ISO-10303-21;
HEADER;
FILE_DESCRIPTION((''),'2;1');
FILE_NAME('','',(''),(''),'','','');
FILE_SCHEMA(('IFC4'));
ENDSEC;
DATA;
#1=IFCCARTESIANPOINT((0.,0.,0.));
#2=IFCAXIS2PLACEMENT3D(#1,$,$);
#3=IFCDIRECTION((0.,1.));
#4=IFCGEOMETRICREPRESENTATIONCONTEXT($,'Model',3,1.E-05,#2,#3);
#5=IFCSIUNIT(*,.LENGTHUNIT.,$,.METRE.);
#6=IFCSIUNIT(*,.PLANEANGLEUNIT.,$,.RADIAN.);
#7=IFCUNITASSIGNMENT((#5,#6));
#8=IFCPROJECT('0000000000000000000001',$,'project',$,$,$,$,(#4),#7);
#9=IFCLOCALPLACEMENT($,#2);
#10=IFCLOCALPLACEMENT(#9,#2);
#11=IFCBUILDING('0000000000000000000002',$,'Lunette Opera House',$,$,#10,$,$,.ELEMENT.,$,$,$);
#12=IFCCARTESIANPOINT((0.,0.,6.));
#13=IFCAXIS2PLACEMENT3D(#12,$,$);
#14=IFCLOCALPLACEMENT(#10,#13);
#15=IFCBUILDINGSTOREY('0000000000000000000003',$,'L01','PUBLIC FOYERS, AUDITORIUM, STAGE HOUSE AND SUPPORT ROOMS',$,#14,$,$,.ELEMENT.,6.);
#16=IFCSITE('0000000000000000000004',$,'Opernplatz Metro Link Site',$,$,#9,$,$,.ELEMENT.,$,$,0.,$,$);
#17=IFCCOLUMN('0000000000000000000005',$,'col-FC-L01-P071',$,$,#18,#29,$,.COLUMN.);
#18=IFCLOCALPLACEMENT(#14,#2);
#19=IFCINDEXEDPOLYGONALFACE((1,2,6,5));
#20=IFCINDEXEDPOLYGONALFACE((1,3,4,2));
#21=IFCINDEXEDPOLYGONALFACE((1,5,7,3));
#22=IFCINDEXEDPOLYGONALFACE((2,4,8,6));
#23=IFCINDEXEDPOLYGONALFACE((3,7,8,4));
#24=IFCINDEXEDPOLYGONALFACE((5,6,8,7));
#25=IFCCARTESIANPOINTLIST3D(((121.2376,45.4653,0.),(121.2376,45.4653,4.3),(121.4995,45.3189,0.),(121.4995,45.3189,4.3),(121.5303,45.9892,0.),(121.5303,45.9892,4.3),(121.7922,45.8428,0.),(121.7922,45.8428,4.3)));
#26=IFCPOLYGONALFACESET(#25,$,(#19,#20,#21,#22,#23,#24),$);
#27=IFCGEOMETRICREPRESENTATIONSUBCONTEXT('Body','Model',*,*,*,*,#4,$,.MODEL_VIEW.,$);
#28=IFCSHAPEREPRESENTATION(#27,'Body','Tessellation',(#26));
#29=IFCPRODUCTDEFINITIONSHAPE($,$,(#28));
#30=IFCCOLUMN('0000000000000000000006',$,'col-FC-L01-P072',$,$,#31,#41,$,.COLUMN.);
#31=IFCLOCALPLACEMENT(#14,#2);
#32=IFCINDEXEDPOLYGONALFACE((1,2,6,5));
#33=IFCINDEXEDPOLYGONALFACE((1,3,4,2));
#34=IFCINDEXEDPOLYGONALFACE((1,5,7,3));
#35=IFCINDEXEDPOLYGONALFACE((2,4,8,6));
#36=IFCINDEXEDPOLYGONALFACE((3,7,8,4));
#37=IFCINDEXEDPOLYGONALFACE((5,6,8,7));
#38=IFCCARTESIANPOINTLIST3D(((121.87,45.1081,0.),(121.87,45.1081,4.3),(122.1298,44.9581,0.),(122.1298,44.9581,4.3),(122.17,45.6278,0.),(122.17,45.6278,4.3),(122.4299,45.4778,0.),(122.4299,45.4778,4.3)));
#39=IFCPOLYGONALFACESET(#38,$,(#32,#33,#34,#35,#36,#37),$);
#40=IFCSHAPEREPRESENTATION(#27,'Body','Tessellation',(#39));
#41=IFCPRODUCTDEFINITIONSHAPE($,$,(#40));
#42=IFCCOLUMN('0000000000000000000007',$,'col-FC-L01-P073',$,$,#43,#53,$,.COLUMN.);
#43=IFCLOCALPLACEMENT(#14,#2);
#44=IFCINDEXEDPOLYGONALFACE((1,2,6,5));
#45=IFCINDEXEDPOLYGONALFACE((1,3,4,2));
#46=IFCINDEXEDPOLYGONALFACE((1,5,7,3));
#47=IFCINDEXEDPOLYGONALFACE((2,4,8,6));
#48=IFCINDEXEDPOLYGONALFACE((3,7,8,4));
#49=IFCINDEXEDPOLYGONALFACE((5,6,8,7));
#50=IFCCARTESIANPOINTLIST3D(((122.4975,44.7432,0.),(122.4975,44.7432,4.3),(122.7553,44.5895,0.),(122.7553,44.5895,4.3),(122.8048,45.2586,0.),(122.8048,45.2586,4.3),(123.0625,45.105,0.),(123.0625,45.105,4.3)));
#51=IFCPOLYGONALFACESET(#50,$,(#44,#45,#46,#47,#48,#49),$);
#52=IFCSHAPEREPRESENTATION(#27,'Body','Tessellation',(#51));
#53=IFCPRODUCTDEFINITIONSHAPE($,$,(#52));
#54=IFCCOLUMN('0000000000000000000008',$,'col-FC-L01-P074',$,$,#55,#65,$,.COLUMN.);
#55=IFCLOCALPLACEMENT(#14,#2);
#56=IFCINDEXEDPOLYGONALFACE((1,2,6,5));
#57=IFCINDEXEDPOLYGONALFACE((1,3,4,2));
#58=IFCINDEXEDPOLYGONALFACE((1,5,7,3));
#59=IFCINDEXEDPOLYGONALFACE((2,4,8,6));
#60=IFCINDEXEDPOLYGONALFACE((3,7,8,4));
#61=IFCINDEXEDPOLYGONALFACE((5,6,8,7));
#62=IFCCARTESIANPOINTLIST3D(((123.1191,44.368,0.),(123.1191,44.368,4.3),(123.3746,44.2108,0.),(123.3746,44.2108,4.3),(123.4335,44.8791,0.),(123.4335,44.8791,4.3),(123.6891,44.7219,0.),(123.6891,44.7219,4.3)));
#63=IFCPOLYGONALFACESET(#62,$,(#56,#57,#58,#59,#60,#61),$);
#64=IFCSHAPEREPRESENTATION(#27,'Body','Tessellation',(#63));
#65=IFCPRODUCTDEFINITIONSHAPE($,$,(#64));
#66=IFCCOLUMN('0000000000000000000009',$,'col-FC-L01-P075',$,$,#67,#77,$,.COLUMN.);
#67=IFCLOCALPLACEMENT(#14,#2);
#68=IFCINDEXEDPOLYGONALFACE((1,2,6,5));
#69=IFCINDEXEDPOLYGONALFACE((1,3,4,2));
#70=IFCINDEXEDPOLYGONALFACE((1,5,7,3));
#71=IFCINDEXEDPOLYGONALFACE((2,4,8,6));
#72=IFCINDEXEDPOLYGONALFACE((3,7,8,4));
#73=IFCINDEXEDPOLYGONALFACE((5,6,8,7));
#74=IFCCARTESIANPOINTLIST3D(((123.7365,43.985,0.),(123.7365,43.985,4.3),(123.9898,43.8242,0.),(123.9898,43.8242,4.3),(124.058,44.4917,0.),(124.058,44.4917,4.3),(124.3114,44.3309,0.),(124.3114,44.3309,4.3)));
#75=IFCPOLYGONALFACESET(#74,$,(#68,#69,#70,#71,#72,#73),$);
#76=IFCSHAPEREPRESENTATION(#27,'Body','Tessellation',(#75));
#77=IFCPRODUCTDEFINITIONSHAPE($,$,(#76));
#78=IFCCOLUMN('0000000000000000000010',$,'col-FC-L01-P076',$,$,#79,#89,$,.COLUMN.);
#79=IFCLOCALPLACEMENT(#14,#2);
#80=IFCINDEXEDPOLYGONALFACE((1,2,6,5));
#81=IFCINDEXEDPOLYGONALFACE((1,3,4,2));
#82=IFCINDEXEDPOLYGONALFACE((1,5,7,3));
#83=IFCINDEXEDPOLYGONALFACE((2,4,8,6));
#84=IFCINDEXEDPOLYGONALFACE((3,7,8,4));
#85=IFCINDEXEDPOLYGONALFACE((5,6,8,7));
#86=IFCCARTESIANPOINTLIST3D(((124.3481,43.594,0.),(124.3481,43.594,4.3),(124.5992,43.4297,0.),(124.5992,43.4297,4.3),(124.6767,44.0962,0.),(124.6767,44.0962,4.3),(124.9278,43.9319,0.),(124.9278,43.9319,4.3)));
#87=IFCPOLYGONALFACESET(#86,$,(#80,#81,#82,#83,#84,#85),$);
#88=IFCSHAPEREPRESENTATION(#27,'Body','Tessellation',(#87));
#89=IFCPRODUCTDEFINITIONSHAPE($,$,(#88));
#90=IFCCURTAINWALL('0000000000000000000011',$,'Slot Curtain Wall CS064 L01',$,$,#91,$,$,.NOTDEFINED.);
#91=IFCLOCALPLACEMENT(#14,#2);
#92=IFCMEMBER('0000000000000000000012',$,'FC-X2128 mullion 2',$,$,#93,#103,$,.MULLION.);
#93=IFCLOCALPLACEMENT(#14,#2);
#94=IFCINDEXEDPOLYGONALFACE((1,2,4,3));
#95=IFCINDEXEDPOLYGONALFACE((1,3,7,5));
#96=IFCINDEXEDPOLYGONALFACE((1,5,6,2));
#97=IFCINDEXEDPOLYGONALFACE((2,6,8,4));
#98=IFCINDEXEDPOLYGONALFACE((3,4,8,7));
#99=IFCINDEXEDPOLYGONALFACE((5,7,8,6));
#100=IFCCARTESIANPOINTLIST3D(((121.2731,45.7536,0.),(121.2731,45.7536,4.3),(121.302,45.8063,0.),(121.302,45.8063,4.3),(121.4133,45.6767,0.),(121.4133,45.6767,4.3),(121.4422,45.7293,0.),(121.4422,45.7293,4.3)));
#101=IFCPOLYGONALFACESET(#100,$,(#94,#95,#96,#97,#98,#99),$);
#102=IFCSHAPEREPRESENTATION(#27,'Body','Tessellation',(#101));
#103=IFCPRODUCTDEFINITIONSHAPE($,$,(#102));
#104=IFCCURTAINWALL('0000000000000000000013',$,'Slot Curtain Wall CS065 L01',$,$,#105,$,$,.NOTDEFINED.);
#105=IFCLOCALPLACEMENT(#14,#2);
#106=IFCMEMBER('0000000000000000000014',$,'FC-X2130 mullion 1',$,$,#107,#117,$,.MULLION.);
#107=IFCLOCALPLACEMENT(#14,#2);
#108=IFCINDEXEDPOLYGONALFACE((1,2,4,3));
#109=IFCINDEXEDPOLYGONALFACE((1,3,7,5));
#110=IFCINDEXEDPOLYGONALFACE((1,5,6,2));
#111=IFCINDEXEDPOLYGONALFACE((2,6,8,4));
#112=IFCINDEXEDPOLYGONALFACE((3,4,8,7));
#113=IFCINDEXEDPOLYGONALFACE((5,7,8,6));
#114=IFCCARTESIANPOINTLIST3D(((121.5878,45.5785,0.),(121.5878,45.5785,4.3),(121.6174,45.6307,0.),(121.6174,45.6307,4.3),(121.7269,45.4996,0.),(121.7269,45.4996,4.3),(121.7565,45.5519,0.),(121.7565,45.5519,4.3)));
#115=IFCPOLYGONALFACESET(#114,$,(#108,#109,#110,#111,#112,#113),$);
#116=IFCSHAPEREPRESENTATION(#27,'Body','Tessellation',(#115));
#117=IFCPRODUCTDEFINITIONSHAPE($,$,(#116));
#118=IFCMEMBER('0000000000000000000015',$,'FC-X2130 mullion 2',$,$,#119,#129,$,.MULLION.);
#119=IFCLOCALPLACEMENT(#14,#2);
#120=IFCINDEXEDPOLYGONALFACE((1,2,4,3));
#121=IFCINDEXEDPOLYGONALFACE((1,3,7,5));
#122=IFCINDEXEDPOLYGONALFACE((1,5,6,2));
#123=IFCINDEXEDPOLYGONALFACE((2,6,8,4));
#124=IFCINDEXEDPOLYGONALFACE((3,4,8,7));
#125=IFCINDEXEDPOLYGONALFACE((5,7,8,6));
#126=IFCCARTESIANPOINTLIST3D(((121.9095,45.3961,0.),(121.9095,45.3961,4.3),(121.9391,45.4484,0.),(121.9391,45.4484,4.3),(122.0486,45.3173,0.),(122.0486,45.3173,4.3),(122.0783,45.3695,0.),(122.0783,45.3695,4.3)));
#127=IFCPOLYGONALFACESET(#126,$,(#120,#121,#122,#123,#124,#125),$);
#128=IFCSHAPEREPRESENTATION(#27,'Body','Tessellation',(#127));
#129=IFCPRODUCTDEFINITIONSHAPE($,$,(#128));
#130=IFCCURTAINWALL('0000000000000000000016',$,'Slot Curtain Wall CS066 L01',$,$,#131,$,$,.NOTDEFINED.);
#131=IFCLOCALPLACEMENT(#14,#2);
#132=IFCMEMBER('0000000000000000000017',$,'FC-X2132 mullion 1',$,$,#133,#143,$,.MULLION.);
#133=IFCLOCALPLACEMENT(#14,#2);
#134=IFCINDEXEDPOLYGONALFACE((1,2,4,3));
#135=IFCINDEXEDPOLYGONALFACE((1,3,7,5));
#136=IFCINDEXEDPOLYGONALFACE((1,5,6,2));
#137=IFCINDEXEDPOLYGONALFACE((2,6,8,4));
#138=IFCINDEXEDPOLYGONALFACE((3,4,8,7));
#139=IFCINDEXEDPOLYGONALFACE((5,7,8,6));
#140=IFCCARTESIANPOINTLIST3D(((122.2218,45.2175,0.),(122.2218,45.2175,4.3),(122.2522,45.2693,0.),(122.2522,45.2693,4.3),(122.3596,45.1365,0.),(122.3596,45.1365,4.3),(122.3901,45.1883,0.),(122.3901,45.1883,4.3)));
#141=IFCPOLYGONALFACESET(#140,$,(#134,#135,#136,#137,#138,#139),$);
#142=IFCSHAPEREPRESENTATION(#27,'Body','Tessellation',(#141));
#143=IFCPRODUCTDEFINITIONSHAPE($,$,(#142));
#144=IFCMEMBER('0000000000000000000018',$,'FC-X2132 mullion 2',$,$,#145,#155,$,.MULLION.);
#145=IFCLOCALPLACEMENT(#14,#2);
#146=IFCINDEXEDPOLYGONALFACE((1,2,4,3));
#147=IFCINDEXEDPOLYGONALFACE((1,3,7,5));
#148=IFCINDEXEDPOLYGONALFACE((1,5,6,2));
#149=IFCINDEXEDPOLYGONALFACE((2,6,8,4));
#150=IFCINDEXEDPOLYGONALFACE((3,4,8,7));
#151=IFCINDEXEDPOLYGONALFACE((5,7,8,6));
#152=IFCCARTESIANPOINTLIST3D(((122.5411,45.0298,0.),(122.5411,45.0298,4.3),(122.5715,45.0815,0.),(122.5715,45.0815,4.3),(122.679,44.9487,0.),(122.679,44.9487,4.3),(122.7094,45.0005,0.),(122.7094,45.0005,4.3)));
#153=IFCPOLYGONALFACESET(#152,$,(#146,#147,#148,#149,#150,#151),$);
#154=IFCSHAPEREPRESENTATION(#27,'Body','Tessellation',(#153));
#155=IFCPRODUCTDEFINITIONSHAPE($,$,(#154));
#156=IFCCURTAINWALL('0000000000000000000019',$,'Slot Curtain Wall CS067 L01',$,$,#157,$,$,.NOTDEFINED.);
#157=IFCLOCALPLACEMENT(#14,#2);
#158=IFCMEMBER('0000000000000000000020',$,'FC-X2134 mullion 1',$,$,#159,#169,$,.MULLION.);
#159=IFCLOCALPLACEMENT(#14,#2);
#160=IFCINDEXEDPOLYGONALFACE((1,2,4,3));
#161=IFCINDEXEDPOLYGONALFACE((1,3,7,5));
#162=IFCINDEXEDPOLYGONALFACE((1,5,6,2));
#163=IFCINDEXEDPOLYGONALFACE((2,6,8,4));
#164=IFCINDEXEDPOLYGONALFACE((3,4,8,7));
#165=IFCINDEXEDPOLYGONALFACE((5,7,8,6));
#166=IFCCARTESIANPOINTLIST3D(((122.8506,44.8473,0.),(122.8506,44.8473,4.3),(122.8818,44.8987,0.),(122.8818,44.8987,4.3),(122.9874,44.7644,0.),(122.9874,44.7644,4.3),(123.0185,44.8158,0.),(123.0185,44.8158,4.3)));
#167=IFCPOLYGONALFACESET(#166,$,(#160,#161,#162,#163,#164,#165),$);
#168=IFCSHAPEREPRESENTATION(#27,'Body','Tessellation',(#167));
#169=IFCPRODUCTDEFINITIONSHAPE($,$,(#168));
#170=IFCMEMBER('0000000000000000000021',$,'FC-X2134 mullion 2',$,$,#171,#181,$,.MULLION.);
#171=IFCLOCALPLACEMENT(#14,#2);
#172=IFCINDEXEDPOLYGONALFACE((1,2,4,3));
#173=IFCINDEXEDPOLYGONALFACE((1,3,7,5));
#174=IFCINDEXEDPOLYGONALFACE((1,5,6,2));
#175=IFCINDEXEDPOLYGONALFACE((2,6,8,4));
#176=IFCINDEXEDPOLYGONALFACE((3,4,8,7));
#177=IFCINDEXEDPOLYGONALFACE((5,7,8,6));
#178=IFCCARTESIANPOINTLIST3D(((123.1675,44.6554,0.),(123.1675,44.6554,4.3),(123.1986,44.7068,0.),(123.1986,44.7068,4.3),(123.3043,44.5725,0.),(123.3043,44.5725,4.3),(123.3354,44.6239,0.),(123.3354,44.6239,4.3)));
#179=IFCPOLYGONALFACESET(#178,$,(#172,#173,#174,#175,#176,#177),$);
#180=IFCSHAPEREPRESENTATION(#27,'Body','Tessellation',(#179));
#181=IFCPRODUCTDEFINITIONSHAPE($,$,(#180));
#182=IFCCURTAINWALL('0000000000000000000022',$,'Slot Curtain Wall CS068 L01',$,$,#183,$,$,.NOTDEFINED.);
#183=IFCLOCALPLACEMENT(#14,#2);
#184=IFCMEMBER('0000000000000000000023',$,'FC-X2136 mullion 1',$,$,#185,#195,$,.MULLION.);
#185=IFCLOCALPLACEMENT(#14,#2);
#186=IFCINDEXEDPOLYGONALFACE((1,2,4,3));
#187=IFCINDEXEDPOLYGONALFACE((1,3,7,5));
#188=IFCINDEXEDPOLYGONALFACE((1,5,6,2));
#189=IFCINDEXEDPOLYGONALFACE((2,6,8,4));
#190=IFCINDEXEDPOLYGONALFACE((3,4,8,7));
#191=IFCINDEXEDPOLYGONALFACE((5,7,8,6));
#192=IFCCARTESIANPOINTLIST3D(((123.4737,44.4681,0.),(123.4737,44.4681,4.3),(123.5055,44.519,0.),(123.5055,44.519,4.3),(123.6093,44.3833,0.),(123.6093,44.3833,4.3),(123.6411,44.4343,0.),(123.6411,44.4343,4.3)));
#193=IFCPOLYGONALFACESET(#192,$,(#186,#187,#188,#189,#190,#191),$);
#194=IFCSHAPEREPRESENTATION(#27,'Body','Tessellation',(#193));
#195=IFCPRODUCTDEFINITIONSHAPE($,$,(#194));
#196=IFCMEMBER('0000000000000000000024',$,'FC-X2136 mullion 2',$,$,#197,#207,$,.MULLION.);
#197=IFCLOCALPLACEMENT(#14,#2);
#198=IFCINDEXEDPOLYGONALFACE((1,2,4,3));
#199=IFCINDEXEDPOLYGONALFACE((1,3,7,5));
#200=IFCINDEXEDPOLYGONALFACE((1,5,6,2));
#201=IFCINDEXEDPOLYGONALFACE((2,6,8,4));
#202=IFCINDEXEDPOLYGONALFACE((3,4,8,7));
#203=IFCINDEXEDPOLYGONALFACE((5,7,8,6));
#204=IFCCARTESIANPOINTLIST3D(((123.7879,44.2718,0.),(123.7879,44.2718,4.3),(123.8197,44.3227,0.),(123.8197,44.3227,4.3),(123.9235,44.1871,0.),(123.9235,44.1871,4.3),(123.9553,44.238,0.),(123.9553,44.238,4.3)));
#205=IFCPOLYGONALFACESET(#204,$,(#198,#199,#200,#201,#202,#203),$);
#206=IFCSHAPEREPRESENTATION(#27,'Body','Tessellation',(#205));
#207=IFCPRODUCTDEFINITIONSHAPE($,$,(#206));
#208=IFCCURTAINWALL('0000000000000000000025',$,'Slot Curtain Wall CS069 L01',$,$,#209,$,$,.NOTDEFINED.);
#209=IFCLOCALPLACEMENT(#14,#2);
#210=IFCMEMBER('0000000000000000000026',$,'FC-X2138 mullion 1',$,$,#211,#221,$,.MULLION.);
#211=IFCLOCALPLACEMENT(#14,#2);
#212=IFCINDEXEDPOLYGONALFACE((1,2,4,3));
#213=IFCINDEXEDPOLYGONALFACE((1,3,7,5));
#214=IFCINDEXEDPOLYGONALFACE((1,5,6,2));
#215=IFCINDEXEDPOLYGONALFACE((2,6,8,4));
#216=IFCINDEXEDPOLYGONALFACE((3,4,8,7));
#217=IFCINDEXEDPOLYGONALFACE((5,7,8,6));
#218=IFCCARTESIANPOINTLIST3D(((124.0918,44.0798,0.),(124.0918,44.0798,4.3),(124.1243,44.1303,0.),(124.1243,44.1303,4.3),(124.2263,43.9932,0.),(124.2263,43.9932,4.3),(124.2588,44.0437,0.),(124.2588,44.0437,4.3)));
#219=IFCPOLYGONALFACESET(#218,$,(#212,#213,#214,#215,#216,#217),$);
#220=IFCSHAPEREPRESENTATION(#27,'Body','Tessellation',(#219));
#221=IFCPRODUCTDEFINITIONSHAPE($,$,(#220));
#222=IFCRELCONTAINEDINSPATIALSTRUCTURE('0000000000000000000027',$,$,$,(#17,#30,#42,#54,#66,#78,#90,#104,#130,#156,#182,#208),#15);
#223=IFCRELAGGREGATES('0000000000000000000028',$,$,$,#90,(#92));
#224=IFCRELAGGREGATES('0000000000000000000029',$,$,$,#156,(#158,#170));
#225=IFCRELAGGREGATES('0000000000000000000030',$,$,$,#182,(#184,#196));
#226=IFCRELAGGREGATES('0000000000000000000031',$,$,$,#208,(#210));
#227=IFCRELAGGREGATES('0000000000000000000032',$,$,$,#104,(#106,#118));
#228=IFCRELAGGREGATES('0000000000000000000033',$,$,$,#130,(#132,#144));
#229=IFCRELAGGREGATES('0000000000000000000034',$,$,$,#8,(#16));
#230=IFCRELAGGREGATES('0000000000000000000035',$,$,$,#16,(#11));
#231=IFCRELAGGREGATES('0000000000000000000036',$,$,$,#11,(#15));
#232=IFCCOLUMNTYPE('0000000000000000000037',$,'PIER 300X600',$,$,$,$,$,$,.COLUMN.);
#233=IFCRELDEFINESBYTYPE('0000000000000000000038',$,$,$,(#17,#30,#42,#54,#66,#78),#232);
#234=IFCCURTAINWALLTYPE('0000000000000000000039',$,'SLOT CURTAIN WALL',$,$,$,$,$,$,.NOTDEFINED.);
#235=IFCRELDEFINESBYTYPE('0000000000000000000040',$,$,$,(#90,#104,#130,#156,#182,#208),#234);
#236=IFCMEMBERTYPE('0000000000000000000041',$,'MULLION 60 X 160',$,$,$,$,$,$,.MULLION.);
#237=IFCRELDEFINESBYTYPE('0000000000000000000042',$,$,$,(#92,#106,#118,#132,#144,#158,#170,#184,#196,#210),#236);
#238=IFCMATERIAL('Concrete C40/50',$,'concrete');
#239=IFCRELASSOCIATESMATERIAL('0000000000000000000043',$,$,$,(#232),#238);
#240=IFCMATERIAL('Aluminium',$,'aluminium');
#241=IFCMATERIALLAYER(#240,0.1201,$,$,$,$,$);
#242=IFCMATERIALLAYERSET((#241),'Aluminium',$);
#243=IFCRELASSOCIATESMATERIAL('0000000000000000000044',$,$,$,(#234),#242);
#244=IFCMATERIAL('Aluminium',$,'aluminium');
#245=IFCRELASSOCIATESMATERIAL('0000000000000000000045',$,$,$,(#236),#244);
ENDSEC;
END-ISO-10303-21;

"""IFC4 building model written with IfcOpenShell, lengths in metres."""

from ifc_helpers import new_model, si_unit, direction, frame, origin, origin_2d, place, context, subcontext, project, spatial, rectangle, extrude, material, layer, layer_set, material_profile, profile_set, type_object, element, aggregate, save


model = new_model("IFC4")

# Units and contexts
model_context = context("Model", 3, precision=1e-05, world=origin(), true_north=direction((0.0, 1.0)))
body_context = subcontext(model_context, "Body", "Model", "MODEL_VIEW")
ifc_project = project(units=[si_unit("LENGTHUNIT", "METRE"), si_unit("PLANEANGLEUNIT", "RADIAN")], contexts=[model_context])

# Site, building, storey
site_placement = place(None, origin())
site = spatial("IfcSite", under=ifc_project, at=site_placement, Name="Opernplatz Metro Link Site", CompositionType="ELEMENT", RefElevation=0.0)
building_placement = place(site_placement, origin())
building = spatial("IfcBuilding", under=site, at=building_placement, Name="Lunette Opera House", CompositionType="ELEMENT")
storey_placement = place(building_placement, frame((0.0, 0.0, 6.0)))
storey = spatial("IfcBuildingStorey", under=building, at=storey_placement, Name="L01", Description="PUBLIC FOYERS, AUDITORIUM, STAGE HOUSE AND SUPPORT ROOMS", CompositionType="ELEMENT", Elevation=6.0)

# Columns
ifc_material_1 = material(Name="Concrete C40/50", Category="concrete")
ifc_material_profile_1 = material_profile(ifc_material_1, rectangle(XDim=0.3, YDim=0.6001, at=origin_2d()), Name="PIER 300X600")
ifc_profile_set_1 = profile_set([ifc_material_profile_1], Name="Concrete C40/50")
column_type = type_object("IfcColumnType", Name="PIER 300X600", PredefinedType="COLUMN", material=ifc_profile_set_1)
for number, where, z_axis, x_axis, name in (
    (1, (121.5149, 45.6541, 0.0), (0.0, 0.0, 1.0), (0.872922, -0.48786, 0.0), "col-FC-L01-P071"),
    (2, (122.1499, 45.293, 0.0), (0.0, 0.0, 1.0), (0.866025, -0.5, 0.0), "col-FC-L01-P072"),
    (3, (122.78, 44.9241, 0.0), (0.0, 0.0, 1.0), (0.85896, -0.512043, 0.0), "col-FC-L01-P073"),
    (4, (123.4041, 44.5449, 0.0), (0.0, 0.0, 1.0), (0.851727, -0.523986, 0.0), "col-FC-L01-P074"),
    (5, (124.0239, 44.158, 0.0), (0.0, 0.0, 1.0), (0.844328, -0.535827, 0.0), "col-FC-L01-P075"),
    (6, (124.6379, 43.7629, 0.0), (0.0, 0.0, 1.0), (0.836764, -0.547563, 0.0), "col-FC-L01-P076"),
):
    element("IfcColumn", number, at=place(storey_placement, frame(where, z_axis=z_axis, x_axis=x_axis)), inside=storey, type_object=column_type, Name=name, PredefinedType="COLUMN", context=body_context, shape_type="SweptSolid", body=[
        extrude(rectangle(XDim=0.3, YDim=0.6001, at=origin_2d()), origin(), (0.0, 0.0, 1.0), 4.3),
    ])

# Curtain wall, member
ifc_material_2 = material(Name="Aluminium", Category="aluminium")
ifc_layer_1 = layer(ifc_material_2, 0.1201)
ifc_layer_set_1 = layer_set([ifc_layer_1], Name="Aluminium")
curtain_wall_type = type_object("IfcCurtainWallType", Name="SLOT CURTAIN WALL", PredefinedType="NOTDEFINED", material=ifc_layer_set_1)
curtain_wall_1_placement = place(storey_placement, origin())
curtain_wall_1 = element("IfcCurtainWall", 7, at=curtain_wall_1_placement, inside=storey, type_object=curtain_wall_type, Name="Slot Curtain Wall CS064 L01", PredefinedType="NOTDEFINED")
ifc_material_3 = material(Name="Aluminium", Category="aluminium")
ifc_material_profile_2 = material_profile(ifc_material_3, rectangle(XDim=0.0601, YDim=0.1599, at=origin_2d()), Name="MULLION 60 X 160")
ifc_profile_set_2 = profile_set([ifc_material_profile_2], Name="Aluminium")
member_type_1 = type_object("IfcMemberType", Name="MULLION 60 X 160", PredefinedType="MULLION", material=ifc_profile_set_2)
member_1_placement = place(storey_placement, frame((121.3577, 45.7415, 0.0), z_axis=(0.0, 0.0, 1.0), x_axis=(0.481294, 0.876559, 0.0)))
member_1 = element("IfcMember", 8, at=member_1_placement, type_object=member_type_1, Name="FC-X2128 mullion 2", PredefinedType="MULLION", context=body_context, shape_type="SweptSolid", body=[
    extrude(rectangle(XDim=0.0601, YDim=0.1599, at=origin_2d()), origin(), (0.0, 0.0, 1.0), 4.3),
])
aggregate(curtain_wall_1, [member_1])

# Curtain walls, members
curtain_wall_2_placement = place(storey_placement, origin())
curtain_wall_2 = element("IfcCurtainWall", 9, at=curtain_wall_2_placement, inside=storey, type_object=curtain_wall_type, Name="Slot Curtain Wall CS065 L01", PredefinedType="NOTDEFINED")
member_2_placement = place(storey_placement, frame((121.6721, 45.5652, 0.0), z_axis=(0.0, 0.0, 1.0), x_axis=(0.49313, 0.869956, 0.0)))
member_2 = element("IfcMember", 10, at=member_2_placement, type_object=member_type_1, Name="FC-X2130 mullion 1", PredefinedType="MULLION", context=body_context, shape_type="SweptSolid", body=[
    extrude(rectangle(XDim=0.0601, YDim=0.1599, at=origin_2d()), origin(), (0.0, 0.0, 1.0), 4.3),
])
member_3_placement = place(storey_placement, frame((121.9939, 45.3828, 0.0), z_axis=(0.0, 0.0, 1.0), x_axis=(0.49313, 0.869956, 0.0)))
member_3 = element("IfcMember", 11, at=member_3_placement, type_object=member_type_1, Name="FC-X2130 mullion 2", PredefinedType="MULLION", context=body_context, shape_type="SweptSolid", body=[
    extrude(rectangle(XDim=0.0601, YDim=0.1599, at=origin_2d()), origin(), (0.0, 0.0, 1.0), 4.3),
])
curtain_wall_3_placement = place(storey_placement, origin())
curtain_wall_3 = element("IfcCurtainWall", 12, at=curtain_wall_3_placement, inside=storey, type_object=curtain_wall_type, Name="Slot Curtain Wall CS066 L01", PredefinedType="NOTDEFINED")
member_4_placement = place(storey_placement, frame((122.3059, 45.2029, 0.0), z_axis=(0.0, 0.0, 1.0), x_axis=(0.506614, 0.862173, 0.0)))
member_4 = element("IfcMember", 13, at=member_4_placement, type_object=member_type_1, Name="FC-X2132 mullion 1", PredefinedType="MULLION", context=body_context, shape_type="SweptSolid", body=[
    extrude(rectangle(XDim=0.0601, YDim=0.1599, at=origin_2d()), origin(), (0.0, 0.0, 1.0), 4.3),
])
member_5_placement = place(storey_placement, frame((122.6252, 45.0151, 0.0), z_axis=(0.0, 0.0, 1.0), x_axis=(0.506614, 0.862173, 0.0)))
member_5 = element("IfcMember", 14, at=member_5_placement, type_object=member_type_1, Name="FC-X2132 mullion 2", PredefinedType="MULLION", context=body_context, shape_type="SweptSolid", body=[
    extrude(rectangle(XDim=0.0601, YDim=0.1599, at=origin_2d()), origin(), (0.0, 0.0, 1.0), 4.3),
])
curtain_wall_4_placement = place(storey_placement, origin())
curtain_wall_4 = element("IfcCurtainWall", 15, at=curtain_wall_4_placement, inside=storey, type_object=curtain_wall_type, Name="Slot Curtain Wall CS067 L01", PredefinedType="NOTDEFINED")
member_6_placement = place(storey_placement, frame((122.9346, 44.8315, 0.0), z_axis=(0.0, 0.0, 1.0), x_axis=(0.51825, 0.855229, 0.0)))
member_6 = element("IfcMember", 16, at=member_6_placement, type_object=member_type_1, Name="FC-X2134 mullion 1", PredefinedType="MULLION", context=body_context, shape_type="SweptSolid", body=[
    extrude(rectangle(XDim=0.0601, YDim=0.1599, at=origin_2d()), origin(), (0.0, 0.0, 1.0), 4.3),
])
member_7_placement = place(storey_placement, frame((123.2515, 44.6396, 0.0), z_axis=(0.0, 0.0, 1.0), x_axis=(0.51825, 0.855229, 0.0)))
member_7 = element("IfcMember", 17, at=member_7_placement, type_object=member_type_1, Name="FC-X2134 mullion 2", PredefinedType="MULLION", context=body_context, shape_type="SweptSolid", body=[
    extrude(rectangle(XDim=0.0601, YDim=0.1599, at=origin_2d()), origin(), (0.0, 0.0, 1.0), 4.3),
])
curtain_wall_5_placement = place(storey_placement, origin())
curtain_wall_5 = element("IfcCurtainWall", 18, at=curtain_wall_5_placement, inside=storey, type_object=curtain_wall_type, Name="Slot Curtain Wall CS068 L01", PredefinedType="NOTDEFINED")
member_8_placement = place(storey_placement, frame((123.5574, 44.4512, 0.0), z_axis=(0.0, 0.0, 1.0), x_axis=(0.52979, 0.848129, 0.0)))
member_8 = element("IfcMember", 19, at=member_8_placement, type_object=member_type_1, Name="FC-X2136 mullion 1", PredefinedType="MULLION", context=body_context, shape_type="SweptSolid", body=[
    extrude(rectangle(XDim=0.0601, YDim=0.1599, at=origin_2d()), origin(), (0.0, 0.0, 1.0), 4.3),
])
member_9_placement = place(storey_placement, frame((123.8716, 44.2549, 0.0), z_axis=(0.0, 0.0, 1.0), x_axis=(0.52979, 0.848129, 0.0)))
member_9 = element("IfcMember", 20, at=member_9_placement, type_object=member_type_1, Name="FC-X2136 mullion 2", PredefinedType="MULLION", context=body_context, shape_type="SweptSolid", body=[
    extrude(rectangle(XDim=0.0601, YDim=0.1599, at=origin_2d()), origin(), (0.0, 0.0, 1.0), 4.3),
])
curtain_wall_6_placement = place(storey_placement, origin())
curtain_wall_6 = element("IfcCurtainWall", 21, at=curtain_wall_6_placement, inside=storey, type_object=curtain_wall_type, Name="Slot Curtain Wall CS069 L01", PredefinedType="NOTDEFINED")
member_10_placement = place(storey_placement, frame((124.1753, 44.0618, 0.0), z_axis=(0.0, 0.0, 1.0), x_axis=(0.541227, 0.840876, 0.0)))
member_10 = element("IfcMember", 22, at=member_10_placement, type_object=member_type_1, Name="FC-X2138 mullion 1", PredefinedType="MULLION", context=body_context, shape_type="SweptSolid", body=[
    extrude(rectangle(XDim=0.0601, YDim=0.1599, at=origin_2d()), origin(), (0.0, 0.0, 1.0), 4.3),
])

aggregate(curtain_wall_4, [member_6, member_7])
aggregate(curtain_wall_5, [member_8, member_9])
aggregate(curtain_wall_6, [member_10])

aggregate(curtain_wall_2, [member_2, member_3])
aggregate(curtain_wall_3, [member_4, member_5])

save(model, "model.ifc")
